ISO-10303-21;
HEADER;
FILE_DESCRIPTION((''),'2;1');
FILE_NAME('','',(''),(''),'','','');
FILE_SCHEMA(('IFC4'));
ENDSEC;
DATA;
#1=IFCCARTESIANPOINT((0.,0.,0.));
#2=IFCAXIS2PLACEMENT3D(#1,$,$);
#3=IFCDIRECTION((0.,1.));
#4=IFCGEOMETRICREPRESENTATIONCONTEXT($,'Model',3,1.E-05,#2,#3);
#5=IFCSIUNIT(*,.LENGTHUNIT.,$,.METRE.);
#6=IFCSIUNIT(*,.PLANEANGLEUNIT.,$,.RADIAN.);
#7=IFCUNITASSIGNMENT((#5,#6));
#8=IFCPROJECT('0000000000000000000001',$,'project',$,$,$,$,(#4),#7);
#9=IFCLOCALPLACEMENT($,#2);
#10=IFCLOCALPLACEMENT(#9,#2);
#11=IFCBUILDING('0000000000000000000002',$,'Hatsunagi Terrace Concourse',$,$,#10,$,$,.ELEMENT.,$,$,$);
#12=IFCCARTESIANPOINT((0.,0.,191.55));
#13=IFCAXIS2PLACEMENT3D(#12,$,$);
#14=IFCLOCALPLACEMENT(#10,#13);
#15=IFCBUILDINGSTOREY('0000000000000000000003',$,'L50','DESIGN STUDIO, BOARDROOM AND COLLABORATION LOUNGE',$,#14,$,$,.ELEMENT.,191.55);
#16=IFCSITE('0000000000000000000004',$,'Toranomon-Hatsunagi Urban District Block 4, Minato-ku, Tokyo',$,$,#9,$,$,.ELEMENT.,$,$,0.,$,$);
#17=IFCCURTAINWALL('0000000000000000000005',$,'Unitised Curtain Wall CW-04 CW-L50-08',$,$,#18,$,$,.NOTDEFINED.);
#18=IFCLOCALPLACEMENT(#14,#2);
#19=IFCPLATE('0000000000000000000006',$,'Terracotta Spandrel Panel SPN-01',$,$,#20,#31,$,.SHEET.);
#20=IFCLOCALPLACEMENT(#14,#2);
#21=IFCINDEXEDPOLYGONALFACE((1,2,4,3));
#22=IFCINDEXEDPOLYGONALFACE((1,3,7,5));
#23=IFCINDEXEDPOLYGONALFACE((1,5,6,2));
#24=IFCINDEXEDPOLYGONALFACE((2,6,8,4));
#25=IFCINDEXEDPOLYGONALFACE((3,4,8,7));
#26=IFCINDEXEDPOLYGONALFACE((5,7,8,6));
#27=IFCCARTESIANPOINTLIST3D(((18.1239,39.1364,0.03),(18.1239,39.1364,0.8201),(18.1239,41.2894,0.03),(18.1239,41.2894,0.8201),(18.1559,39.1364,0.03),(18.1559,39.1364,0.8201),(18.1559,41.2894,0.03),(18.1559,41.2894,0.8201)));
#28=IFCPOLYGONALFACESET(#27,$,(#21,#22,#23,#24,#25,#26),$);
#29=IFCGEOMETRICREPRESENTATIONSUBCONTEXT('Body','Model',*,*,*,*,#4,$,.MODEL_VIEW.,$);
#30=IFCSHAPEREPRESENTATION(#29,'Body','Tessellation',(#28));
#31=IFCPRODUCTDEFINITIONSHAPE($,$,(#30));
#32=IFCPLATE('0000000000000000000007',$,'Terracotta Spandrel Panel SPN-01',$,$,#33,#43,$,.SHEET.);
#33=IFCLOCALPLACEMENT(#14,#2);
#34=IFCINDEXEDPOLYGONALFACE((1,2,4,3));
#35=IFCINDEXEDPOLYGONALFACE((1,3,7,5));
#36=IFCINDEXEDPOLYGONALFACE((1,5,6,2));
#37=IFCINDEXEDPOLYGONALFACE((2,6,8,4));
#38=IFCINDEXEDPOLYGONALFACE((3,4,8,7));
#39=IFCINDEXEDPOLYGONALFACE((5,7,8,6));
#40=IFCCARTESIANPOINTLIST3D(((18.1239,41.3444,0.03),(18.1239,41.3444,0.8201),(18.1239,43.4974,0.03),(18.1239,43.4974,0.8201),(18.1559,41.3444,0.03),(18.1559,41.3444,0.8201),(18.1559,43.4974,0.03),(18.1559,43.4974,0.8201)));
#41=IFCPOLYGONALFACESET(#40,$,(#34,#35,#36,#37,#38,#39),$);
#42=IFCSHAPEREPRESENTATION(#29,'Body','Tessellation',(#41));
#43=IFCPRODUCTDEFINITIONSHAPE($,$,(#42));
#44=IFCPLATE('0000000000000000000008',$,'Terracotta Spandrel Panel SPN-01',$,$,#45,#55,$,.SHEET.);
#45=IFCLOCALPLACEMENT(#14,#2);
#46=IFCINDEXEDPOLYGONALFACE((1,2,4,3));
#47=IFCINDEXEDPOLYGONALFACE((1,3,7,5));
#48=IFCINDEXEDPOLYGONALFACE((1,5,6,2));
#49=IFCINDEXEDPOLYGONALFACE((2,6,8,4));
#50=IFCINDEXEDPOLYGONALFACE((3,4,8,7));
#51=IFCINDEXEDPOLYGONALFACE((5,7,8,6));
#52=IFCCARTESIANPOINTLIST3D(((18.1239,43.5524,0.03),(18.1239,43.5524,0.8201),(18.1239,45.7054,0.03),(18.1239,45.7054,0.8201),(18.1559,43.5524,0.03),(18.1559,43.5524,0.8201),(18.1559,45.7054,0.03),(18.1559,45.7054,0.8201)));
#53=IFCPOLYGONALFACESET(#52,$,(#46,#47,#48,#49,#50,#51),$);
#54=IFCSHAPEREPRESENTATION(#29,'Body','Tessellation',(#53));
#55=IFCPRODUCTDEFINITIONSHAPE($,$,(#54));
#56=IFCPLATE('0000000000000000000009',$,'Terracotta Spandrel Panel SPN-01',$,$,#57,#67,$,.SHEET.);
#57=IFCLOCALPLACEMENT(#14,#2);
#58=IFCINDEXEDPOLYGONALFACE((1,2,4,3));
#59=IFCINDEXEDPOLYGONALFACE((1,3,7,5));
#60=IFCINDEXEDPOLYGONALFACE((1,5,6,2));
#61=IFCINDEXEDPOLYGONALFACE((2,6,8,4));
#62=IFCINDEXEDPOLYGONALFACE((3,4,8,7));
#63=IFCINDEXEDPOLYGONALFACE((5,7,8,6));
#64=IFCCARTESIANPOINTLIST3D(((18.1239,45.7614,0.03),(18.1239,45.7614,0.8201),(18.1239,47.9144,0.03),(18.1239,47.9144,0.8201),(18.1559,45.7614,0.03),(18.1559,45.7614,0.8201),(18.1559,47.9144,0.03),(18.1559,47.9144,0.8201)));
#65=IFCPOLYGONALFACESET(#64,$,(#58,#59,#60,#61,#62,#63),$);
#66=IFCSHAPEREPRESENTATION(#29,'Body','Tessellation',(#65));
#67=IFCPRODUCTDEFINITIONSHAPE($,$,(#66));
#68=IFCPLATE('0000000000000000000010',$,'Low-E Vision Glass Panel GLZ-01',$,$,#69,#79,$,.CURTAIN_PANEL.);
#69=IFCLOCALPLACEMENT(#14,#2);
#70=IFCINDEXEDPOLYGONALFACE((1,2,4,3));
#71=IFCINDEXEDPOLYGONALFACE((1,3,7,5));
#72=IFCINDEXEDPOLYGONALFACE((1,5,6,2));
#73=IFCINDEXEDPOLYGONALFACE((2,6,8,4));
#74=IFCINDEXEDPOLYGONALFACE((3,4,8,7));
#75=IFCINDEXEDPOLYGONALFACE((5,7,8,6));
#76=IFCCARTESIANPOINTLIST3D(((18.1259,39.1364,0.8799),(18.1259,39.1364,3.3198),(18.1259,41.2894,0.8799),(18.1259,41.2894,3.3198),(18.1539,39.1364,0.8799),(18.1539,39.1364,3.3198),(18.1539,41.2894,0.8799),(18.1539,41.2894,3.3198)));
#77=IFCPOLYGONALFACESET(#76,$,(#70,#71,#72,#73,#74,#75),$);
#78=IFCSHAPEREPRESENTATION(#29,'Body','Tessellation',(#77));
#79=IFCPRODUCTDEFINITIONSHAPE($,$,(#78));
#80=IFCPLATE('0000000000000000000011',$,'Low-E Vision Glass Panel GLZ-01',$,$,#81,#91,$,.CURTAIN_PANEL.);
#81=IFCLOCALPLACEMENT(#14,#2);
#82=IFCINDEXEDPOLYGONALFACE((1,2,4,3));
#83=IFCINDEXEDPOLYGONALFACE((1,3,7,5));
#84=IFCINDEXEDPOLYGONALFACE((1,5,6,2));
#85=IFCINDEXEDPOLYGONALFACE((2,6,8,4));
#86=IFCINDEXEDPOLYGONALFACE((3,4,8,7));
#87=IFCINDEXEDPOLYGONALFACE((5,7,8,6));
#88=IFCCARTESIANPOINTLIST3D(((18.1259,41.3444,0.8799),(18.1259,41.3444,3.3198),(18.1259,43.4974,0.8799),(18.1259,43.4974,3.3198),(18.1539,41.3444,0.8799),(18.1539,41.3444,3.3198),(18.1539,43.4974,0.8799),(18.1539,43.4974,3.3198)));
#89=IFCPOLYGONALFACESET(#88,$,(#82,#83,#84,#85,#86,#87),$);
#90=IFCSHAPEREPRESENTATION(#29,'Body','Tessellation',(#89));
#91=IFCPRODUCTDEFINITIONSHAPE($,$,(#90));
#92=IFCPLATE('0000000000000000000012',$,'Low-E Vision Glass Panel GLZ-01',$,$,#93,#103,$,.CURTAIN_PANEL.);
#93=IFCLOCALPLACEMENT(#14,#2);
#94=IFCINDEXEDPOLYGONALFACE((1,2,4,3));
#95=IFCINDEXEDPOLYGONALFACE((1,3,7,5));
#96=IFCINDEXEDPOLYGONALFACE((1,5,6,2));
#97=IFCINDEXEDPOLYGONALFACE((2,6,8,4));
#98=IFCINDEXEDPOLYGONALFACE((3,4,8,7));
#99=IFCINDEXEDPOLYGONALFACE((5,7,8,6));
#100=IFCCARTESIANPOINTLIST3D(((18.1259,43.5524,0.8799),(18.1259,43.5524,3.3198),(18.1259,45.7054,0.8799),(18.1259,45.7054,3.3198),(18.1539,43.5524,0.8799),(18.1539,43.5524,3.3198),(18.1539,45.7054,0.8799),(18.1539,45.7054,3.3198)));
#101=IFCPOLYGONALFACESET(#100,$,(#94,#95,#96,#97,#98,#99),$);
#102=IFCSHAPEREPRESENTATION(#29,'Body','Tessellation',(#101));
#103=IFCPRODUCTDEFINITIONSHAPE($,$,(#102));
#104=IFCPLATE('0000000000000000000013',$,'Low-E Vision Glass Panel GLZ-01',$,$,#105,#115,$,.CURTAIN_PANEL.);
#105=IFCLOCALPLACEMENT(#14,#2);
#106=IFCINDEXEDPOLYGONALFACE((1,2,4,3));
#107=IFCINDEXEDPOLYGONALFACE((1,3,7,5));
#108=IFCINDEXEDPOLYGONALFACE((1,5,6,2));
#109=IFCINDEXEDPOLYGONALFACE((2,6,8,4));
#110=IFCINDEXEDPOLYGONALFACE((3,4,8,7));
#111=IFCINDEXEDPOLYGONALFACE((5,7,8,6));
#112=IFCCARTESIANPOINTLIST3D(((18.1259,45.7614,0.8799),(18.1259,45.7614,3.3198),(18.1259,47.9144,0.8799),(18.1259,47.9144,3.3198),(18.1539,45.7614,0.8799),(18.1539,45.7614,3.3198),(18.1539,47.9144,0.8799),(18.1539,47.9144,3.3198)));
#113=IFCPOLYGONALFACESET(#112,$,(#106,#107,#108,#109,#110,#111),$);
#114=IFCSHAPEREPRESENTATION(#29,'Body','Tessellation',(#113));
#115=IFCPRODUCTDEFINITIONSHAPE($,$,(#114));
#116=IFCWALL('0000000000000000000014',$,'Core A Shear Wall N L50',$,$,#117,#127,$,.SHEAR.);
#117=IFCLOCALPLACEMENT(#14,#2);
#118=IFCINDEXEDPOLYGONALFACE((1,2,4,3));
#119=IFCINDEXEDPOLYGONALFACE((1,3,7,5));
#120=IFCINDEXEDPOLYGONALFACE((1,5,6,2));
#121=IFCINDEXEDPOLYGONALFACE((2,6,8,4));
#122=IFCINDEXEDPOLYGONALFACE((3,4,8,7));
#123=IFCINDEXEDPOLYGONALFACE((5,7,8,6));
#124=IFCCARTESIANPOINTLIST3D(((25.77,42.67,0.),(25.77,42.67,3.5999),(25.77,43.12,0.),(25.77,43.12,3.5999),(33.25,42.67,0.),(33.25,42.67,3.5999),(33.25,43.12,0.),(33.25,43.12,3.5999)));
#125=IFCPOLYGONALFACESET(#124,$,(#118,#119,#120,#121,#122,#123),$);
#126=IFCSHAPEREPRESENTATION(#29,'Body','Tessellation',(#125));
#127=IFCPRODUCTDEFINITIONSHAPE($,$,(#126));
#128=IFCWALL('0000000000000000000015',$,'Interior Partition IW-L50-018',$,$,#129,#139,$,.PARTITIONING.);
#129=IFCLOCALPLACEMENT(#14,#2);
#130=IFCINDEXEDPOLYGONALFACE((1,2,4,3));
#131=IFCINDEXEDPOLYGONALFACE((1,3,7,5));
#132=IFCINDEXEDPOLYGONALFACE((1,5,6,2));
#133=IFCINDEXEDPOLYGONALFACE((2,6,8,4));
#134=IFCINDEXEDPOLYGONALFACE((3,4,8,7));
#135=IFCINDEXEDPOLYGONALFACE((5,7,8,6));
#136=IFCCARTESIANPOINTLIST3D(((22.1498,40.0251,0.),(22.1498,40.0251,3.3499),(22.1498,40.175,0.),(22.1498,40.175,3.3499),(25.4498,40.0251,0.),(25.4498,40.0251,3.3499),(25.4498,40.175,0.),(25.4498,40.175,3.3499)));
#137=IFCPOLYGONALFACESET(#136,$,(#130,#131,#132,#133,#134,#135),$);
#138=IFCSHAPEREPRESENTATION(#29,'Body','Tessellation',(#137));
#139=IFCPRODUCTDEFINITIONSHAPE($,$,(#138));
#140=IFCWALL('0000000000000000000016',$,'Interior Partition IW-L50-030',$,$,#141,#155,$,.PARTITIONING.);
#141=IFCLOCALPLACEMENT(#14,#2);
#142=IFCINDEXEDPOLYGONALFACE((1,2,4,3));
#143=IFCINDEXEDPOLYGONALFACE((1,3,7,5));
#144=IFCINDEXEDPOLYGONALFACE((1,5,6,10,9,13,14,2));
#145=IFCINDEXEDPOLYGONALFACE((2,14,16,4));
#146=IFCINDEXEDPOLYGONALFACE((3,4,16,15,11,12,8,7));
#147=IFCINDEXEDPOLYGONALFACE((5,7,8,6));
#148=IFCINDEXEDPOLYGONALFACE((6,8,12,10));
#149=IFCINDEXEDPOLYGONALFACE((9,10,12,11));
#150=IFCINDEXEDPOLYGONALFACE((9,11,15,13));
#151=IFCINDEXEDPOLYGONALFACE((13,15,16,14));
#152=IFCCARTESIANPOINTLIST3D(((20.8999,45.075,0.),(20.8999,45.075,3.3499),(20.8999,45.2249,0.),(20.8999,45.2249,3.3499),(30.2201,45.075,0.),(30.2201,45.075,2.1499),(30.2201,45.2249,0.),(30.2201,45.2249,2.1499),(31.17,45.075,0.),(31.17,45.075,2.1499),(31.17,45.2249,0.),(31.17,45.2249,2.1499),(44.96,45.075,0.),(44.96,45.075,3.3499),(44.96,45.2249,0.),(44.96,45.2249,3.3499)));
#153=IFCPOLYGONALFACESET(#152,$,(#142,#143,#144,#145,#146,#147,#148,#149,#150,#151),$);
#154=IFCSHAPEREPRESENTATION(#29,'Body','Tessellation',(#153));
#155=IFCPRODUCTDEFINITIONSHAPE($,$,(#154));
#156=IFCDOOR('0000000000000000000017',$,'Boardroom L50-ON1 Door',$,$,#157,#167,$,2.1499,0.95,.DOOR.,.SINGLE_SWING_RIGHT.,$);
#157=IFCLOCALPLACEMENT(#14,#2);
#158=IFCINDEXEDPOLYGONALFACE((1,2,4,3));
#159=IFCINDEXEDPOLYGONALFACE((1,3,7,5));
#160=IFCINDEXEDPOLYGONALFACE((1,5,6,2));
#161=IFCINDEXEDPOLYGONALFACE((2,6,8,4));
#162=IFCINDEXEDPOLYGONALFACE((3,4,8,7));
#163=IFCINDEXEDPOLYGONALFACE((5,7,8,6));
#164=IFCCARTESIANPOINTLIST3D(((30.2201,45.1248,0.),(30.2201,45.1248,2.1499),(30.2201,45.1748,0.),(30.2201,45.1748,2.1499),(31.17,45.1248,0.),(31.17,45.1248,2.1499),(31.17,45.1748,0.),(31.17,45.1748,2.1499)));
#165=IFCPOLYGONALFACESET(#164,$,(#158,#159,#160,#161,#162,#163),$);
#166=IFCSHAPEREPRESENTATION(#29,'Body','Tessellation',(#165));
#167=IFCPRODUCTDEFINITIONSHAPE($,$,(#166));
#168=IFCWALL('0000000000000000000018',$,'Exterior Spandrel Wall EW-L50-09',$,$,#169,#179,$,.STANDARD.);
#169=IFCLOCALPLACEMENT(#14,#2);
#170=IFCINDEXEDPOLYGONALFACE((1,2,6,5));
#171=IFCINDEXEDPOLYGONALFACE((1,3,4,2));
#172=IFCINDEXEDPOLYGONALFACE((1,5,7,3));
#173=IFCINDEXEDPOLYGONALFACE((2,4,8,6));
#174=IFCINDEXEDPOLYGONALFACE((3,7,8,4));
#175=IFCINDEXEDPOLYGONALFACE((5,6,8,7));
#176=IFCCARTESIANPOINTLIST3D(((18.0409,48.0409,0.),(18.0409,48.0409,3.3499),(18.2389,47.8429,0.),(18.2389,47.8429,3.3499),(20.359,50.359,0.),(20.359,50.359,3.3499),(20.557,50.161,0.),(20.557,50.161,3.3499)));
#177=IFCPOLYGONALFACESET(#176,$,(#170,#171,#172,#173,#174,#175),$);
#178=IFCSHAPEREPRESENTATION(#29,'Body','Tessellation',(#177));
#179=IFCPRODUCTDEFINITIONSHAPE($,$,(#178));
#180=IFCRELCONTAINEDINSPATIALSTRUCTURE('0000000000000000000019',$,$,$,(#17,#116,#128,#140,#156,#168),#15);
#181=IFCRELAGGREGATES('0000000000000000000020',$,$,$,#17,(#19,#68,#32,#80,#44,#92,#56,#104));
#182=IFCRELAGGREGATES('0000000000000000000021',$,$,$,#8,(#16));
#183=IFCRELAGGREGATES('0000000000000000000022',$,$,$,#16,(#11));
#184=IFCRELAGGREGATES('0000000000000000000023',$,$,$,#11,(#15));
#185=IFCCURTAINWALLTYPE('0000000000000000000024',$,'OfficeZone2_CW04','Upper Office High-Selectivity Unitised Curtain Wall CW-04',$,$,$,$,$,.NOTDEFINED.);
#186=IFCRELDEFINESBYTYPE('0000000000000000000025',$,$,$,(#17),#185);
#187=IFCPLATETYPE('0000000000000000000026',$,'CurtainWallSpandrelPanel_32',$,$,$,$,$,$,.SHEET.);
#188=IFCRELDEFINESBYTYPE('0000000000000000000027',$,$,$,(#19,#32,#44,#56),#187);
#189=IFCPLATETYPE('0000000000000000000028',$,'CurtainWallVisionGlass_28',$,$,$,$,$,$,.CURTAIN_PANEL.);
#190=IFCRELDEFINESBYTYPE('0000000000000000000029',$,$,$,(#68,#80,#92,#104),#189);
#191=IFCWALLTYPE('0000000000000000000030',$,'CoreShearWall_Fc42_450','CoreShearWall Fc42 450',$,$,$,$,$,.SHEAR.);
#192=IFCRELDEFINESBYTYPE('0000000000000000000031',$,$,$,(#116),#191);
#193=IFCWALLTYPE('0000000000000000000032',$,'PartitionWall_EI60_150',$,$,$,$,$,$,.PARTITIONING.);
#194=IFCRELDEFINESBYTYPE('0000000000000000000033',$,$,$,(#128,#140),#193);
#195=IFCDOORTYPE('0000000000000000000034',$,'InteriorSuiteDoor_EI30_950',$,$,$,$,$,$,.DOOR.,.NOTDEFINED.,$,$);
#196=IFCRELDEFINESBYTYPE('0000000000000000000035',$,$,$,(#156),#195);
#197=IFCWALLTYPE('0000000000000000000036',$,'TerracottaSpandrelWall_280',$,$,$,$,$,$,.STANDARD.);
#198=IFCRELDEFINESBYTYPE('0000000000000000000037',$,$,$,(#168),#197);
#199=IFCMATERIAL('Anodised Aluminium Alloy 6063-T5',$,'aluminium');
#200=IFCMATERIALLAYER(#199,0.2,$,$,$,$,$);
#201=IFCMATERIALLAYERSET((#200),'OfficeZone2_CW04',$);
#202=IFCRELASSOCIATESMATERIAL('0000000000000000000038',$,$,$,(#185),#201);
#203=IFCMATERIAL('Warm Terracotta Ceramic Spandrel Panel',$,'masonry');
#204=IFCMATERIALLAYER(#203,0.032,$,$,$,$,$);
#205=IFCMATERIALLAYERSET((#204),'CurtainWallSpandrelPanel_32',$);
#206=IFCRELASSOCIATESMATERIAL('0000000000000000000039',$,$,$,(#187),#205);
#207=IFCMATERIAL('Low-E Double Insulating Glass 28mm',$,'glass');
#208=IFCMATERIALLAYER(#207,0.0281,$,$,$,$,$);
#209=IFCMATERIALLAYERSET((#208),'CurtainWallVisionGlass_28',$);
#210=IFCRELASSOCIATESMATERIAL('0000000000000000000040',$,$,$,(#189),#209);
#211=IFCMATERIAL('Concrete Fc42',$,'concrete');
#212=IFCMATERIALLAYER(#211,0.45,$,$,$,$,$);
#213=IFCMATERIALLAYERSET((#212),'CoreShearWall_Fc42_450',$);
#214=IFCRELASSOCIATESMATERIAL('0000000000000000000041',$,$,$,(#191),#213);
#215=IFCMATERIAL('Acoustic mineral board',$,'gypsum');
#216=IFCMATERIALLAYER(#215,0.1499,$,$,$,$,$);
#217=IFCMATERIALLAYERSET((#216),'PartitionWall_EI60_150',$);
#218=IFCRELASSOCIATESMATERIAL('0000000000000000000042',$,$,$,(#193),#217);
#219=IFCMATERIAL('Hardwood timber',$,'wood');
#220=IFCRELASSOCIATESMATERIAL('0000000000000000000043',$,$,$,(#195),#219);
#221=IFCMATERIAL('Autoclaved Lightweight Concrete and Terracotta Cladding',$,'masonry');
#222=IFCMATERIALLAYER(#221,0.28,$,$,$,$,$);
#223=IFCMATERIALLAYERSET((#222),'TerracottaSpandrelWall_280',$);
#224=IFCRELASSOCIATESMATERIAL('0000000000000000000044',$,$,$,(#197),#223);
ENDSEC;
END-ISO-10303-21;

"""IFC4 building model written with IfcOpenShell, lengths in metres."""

from ifc_helpers import new_model, si_unit, direction, frame, frame_2d, origin, origin_2d, place, context, subcontext, project, spatial, rectangle, extrude, material, layer, layer_set, type_object, element, fill, aggregate, save


model = new_model("IFC4")

# Units and contexts
model_context = context("Model", 3, precision=1e-05, world=origin(), true_north=direction((0.0, 1.0)))
body_context = subcontext(model_context, "Body", "Model", "MODEL_VIEW")
ifc_project = project(units=[si_unit("LENGTHUNIT", "METRE"), si_unit("PLANEANGLEUNIT", "RADIAN")], contexts=[model_context])

# Site, building, storey
site_placement = place(None, origin())
site = spatial("IfcSite", under=ifc_project, at=site_placement, Name="Toranomon-Hatsunagi Urban District Block 4, Minato-ku, Tokyo", CompositionType="ELEMENT", RefElevation=0.0)
building_placement = place(site_placement, origin())
building = spatial("IfcBuilding", under=site, at=building_placement, Name="Hatsunagi Terrace Concourse", CompositionType="ELEMENT")
storey_placement = place(building_placement, frame((0.0, 0.0, 191.55)))
storey = spatial("IfcBuildingStorey", under=building, at=storey_placement, Name="L50", Description="DESIGN STUDIO, BOARDROOM AND COLLABORATION LOUNGE", CompositionType="ELEMENT", Elevation=191.55)

# Curtain wall
ifc_material_1 = material(Name="Anodised Aluminium Alloy 6063-T5", Category="aluminium")
ifc_layer_1 = layer(ifc_material_1, 0.2)
ifc_layer_set_1 = layer_set([ifc_layer_1], Name="OfficeZone2_CW04")
curtain_wall_type = type_object("IfcCurtainWallType", Name="OfficeZone2_CW04", Description="Upper Office High-Selectivity Unitised Curtain Wall CW-04", PredefinedType="NOTDEFINED", material=ifc_layer_set_1)
curtain_wall_placement = place(storey_placement, origin())
curtain_wall = element("IfcCurtainWall", 1, at=curtain_wall_placement, inside=storey, type_object=curtain_wall_type, Name="Unitised Curtain Wall CW-04 CW-L50-08", PredefinedType="NOTDEFINED")

# Plates
ifc_material_2 = material(Name="Warm Terracotta Ceramic Spandrel Panel", Category="masonry")
ifc_layer_2 = layer(ifc_material_2, 0.032)
ifc_layer_set_2 = layer_set([ifc_layer_2], Name="CurtainWallSpandrelPanel_32")
plate_type_1 = type_object("IfcPlateType", Name="CurtainWallSpandrelPanel_32", PredefinedType="SHEET", material=ifc_layer_set_2)
plate_1_placement = place(storey_placement, frame((18.1399, 40.2129, 0.03), z_axis=(0.0, 0.0, 1.0), x_axis=(0.0, 1.0, 0.0)))
plate_1 = element("IfcPlate", 2, at=plate_1_placement, type_object=plate_type_1, Name="Terracotta Spandrel Panel SPN-01", PredefinedType="SHEET", context=body_context, shape_type="SweptSolid", body=[
    extrude(rectangle(XDim=2.1531, YDim=0.032, at=origin_2d()), origin(), (0.0, 0.0, 1.0), 0.79),
])
plate_2_placement = place(storey_placement, frame((18.1399, 42.4209, 0.03), z_axis=(0.0, 0.0, 1.0), x_axis=(0.0, 1.0, 0.0)))
plate_2 = element("IfcPlate", 3, at=plate_2_placement, type_object=plate_type_1, Name="Terracotta Spandrel Panel SPN-01", PredefinedType="SHEET", context=body_context, shape_type="SweptSolid", body=[
    extrude(rectangle(XDim=2.1531, YDim=0.032, at=origin_2d()), origin(), (0.0, 0.0, 1.0), 0.79),
])
plate_3_placement = place(storey_placement, frame((18.1399, 44.6289, 0.03), z_axis=(0.0, 0.0, 1.0), x_axis=(0.0, 1.0, 0.0)))
plate_3 = element("IfcPlate", 4, at=plate_3_placement, type_object=plate_type_1, Name="Terracotta Spandrel Panel SPN-01", PredefinedType="SHEET", context=body_context, shape_type="SweptSolid", body=[
    extrude(rectangle(XDim=2.1531, YDim=0.032, at=origin_2d()), origin(), (0.0, 0.0, 1.0), 0.79),
])
plate_4_placement = place(storey_placement, frame((18.1399, 46.8379, 0.03), z_axis=(0.0, 0.0, 1.0), x_axis=(0.0, 1.0, 0.0)))
plate_4 = element("IfcPlate", 5, at=plate_4_placement, type_object=plate_type_1, Name="Terracotta Spandrel Panel SPN-01", PredefinedType="SHEET", context=body_context, shape_type="SweptSolid", body=[
    extrude(rectangle(XDim=2.1531, YDim=0.032, at=origin_2d()), origin(), (0.0, 0.0, 1.0), 0.79),
])
ifc_material_3 = material(Name="Low-E Double Insulating Glass 28mm", Category="glass")
ifc_layer_3 = layer(ifc_material_3, 0.0281)
ifc_layer_set_3 = layer_set([ifc_layer_3], Name="CurtainWallVisionGlass_28")
plate_type_2 = type_object("IfcPlateType", Name="CurtainWallVisionGlass_28", PredefinedType="CURTAIN_PANEL", material=ifc_layer_set_3)
plate_5_placement = place(storey_placement, frame((18.1399, 40.2129, 0.8799), z_axis=(0.0, 0.0, 1.0), x_axis=(0.0, 1.0, 0.0)))
plate_5 = element("IfcPlate", 6, at=plate_5_placement, type_object=plate_type_2, Name="Low-E Vision Glass Panel GLZ-01", PredefinedType="CURTAIN_PANEL", context=body_context, shape_type="SweptSolid", body=[
    extrude(rectangle(XDim=2.1531, YDim=0.0281, at=origin_2d()), origin(), (0.0, 0.0, 1.0), 2.4399),
])
plate_6_placement = place(storey_placement, frame((18.1399, 42.4209, 0.8799), z_axis=(0.0, 0.0, 1.0), x_axis=(0.0, 1.0, 0.0)))
plate_6 = element("IfcPlate", 7, at=plate_6_placement, type_object=plate_type_2, Name="Low-E Vision Glass Panel GLZ-01", PredefinedType="CURTAIN_PANEL", context=body_context, shape_type="SweptSolid", body=[
    extrude(rectangle(XDim=2.1531, YDim=0.0281, at=origin_2d()), origin(), (0.0, 0.0, 1.0), 2.4399),
])
plate_7_placement = place(storey_placement, frame((18.1399, 44.6289, 0.8799), z_axis=(0.0, 0.0, 1.0), x_axis=(0.0, 1.0, 0.0)))
plate_7 = element("IfcPlate", 8, at=plate_7_placement, type_object=plate_type_2, Name="Low-E Vision Glass Panel GLZ-01", PredefinedType="CURTAIN_PANEL", context=body_context, shape_type="SweptSolid", body=[
    extrude(rectangle(XDim=2.1531, YDim=0.0281, at=origin_2d()), origin(), (0.0, 0.0, 1.0), 2.4399),
])
plate_8_placement = place(storey_placement, frame((18.1399, 46.8379, 0.8799), z_axis=(0.0, 0.0, 1.0), x_axis=(0.0, 1.0, 0.0)))
plate_8 = element("IfcPlate", 9, at=plate_8_placement, type_object=plate_type_2, Name="Low-E Vision Glass Panel GLZ-01", PredefinedType="CURTAIN_PANEL", context=body_context, shape_type="SweptSolid", body=[
    extrude(rectangle(XDim=2.1531, YDim=0.0281, at=origin_2d()), origin(), (0.0, 0.0, 1.0), 2.4399),
])
aggregate(curtain_wall, [plate_1, plate_5, plate_2, plate_6, plate_3, plate_7, plate_4, plate_8])

# Walls
ifc_material_4 = material(Name="Concrete Fc42", Category="concrete")
ifc_layer_4 = layer(ifc_material_4, 0.45)
ifc_layer_set_4 = layer_set([ifc_layer_4], Name="CoreShearWall_Fc42_450")
wall_type_1 = type_object("IfcWallType", Name="CoreShearWall_Fc42_450", Description="CoreShearWall Fc42 450", PredefinedType="SHEAR", material=ifc_layer_set_4)
wall_1_placement = place(storey_placement, frame((25.77, 42.895, 0.0), z_axis=(0.0, 0.0, 1.0), x_axis=(1.0, 0.0, 0.0)))
element("IfcWall", 10, at=wall_1_placement, inside=storey, type_object=wall_type_1, Name="Core A Shear Wall N L50", PredefinedType="SHEAR", context=body_context, shape_type="SweptSolid", body=[
    extrude(rectangle(XDim=7.48, YDim=0.45, at=frame_2d((3.74, 0.0))), origin(), (0.0, 0.0, 1.0), 3.5999),
])
ifc_material_5 = material(Name="Acoustic mineral board", Category="gypsum")
ifc_layer_5 = layer(ifc_material_5, 0.1499)
ifc_layer_set_5 = layer_set([ifc_layer_5], Name="PartitionWall_EI60_150")
wall_type_2 = type_object("IfcWallType", Name="PartitionWall_EI60_150", PredefinedType="PARTITIONING", material=ifc_layer_set_5)
wall_2_placement = place(storey_placement, frame((22.1499, 40.1001, 0.0), z_axis=(0.0, 0.0, 1.0), x_axis=(1.0, 0.0, 0.0)))
element("IfcWall", 11, at=wall_2_placement, inside=storey, type_object=wall_type_2, Name="Interior Partition IW-L50-018", PredefinedType="PARTITIONING", context=body_context, shape_type="SweptSolid", body=[
    extrude(rectangle(XDim=3.3, YDim=0.1499, at=frame_2d((1.6499, 0.0))), origin(), (0.0, 0.0, 1.0), 3.3499),
])

# Wall, opening, door
wall_3_placement = place(storey_placement, frame((20.8999, 45.1499, 0.0), z_axis=(0.0, 0.0, 1.0), x_axis=(1.0, 0.0, 0.0)))
wall_3 = element("IfcWall", 12, at=wall_3_placement, inside=storey, type_object=wall_type_2, Name="Interior Partition IW-L50-030", PredefinedType="PARTITIONING", context=body_context, shape_type="SweptSolid", body=[
    extrude(rectangle(XDim=24.0601, YDim=0.1499, at=frame_2d((12.03, 0.0))), origin(), (0.0, 0.0, 1.0), 3.3499),
])
opening_1_placement = place(wall_3_placement, frame((9.3201, 0.0, 0.0)))
opening_1 = element("IfcOpeningElement", 13, at=opening_1_placement, cuts=wall_3, PredefinedType="OPENING", context=body_context, shape_type="SweptSolid", body=[
    extrude(rectangle(XDim=0.95, YDim=2.1499, at=frame_2d((0.4751, 1.075))), frame((0.0, 0.085, 0.0), z_axis=(0.0, -1.0, 0.0), x_axis=(1.0, 0.0, 0.0)), (0.0, 0.0, 1.0), 0.1699),
])
ifc_material_6 = material(Name="Hardwood timber", Category="wood")
door_type_1 = type_object("IfcDoorType", Name="InteriorSuiteDoor_EI30_950", OperationType="NOTDEFINED", PredefinedType="DOOR", material=ifc_material_6)
door_1_placement = place(opening_1_placement, origin())
door_1 = element("IfcDoor", 14, at=door_1_placement, inside=storey, type_object=door_type_1, Name="Boardroom L50-ON1 Door", OperationType="SINGLE_SWING_RIGHT", OverallHeight=2.1499, OverallWidth=0.95, PredefinedType="DOOR", context=body_context, shape_type="SweptSolid", body=[
    extrude(rectangle(XDim=0.95, YDim=2.1499, at=frame_2d((0.4751, 1.075))), frame((0.0, 0.0249, 0.0), z_axis=(0.0, -1.0, 0.0), x_axis=(1.0, 0.0, 0.0)), (0.0, 0.0, 1.0), 0.05),
])
fill(opening_1, door_1)

# Wall
ifc_material_7 = material(Name="Autoclaved Lightweight Concrete and Terracotta Cladding", Category="masonry")
ifc_layer_6 = layer(ifc_material_7, 0.28)
ifc_layer_set_6 = layer_set([ifc_layer_6], Name="TerracottaSpandrelWall_280")
wall_type_3 = type_object("IfcWallType", Name="TerracottaSpandrelWall_280", PredefinedType="STANDARD", material=ifc_layer_set_6)
wall_4_placement = place(storey_placement, frame((18.1399, 47.9419, 0.0), z_axis=(0.0, 0.0, 1.0), x_axis=(0.707107, 0.707107, 0.0)))
element("IfcWall", 15, at=wall_4_placement, inside=storey, type_object=wall_type_3, Name="Exterior Spandrel Wall EW-L50-09", PredefinedType="STANDARD", context=body_context, shape_type="SweptSolid", body=[
    extrude(rectangle(XDim=3.2783, YDim=0.28, at=frame_2d((1.6392, 0.0))), origin(), (0.0, 0.0, 1.0), 3.3499),
])

save(model, "model.ifc")
